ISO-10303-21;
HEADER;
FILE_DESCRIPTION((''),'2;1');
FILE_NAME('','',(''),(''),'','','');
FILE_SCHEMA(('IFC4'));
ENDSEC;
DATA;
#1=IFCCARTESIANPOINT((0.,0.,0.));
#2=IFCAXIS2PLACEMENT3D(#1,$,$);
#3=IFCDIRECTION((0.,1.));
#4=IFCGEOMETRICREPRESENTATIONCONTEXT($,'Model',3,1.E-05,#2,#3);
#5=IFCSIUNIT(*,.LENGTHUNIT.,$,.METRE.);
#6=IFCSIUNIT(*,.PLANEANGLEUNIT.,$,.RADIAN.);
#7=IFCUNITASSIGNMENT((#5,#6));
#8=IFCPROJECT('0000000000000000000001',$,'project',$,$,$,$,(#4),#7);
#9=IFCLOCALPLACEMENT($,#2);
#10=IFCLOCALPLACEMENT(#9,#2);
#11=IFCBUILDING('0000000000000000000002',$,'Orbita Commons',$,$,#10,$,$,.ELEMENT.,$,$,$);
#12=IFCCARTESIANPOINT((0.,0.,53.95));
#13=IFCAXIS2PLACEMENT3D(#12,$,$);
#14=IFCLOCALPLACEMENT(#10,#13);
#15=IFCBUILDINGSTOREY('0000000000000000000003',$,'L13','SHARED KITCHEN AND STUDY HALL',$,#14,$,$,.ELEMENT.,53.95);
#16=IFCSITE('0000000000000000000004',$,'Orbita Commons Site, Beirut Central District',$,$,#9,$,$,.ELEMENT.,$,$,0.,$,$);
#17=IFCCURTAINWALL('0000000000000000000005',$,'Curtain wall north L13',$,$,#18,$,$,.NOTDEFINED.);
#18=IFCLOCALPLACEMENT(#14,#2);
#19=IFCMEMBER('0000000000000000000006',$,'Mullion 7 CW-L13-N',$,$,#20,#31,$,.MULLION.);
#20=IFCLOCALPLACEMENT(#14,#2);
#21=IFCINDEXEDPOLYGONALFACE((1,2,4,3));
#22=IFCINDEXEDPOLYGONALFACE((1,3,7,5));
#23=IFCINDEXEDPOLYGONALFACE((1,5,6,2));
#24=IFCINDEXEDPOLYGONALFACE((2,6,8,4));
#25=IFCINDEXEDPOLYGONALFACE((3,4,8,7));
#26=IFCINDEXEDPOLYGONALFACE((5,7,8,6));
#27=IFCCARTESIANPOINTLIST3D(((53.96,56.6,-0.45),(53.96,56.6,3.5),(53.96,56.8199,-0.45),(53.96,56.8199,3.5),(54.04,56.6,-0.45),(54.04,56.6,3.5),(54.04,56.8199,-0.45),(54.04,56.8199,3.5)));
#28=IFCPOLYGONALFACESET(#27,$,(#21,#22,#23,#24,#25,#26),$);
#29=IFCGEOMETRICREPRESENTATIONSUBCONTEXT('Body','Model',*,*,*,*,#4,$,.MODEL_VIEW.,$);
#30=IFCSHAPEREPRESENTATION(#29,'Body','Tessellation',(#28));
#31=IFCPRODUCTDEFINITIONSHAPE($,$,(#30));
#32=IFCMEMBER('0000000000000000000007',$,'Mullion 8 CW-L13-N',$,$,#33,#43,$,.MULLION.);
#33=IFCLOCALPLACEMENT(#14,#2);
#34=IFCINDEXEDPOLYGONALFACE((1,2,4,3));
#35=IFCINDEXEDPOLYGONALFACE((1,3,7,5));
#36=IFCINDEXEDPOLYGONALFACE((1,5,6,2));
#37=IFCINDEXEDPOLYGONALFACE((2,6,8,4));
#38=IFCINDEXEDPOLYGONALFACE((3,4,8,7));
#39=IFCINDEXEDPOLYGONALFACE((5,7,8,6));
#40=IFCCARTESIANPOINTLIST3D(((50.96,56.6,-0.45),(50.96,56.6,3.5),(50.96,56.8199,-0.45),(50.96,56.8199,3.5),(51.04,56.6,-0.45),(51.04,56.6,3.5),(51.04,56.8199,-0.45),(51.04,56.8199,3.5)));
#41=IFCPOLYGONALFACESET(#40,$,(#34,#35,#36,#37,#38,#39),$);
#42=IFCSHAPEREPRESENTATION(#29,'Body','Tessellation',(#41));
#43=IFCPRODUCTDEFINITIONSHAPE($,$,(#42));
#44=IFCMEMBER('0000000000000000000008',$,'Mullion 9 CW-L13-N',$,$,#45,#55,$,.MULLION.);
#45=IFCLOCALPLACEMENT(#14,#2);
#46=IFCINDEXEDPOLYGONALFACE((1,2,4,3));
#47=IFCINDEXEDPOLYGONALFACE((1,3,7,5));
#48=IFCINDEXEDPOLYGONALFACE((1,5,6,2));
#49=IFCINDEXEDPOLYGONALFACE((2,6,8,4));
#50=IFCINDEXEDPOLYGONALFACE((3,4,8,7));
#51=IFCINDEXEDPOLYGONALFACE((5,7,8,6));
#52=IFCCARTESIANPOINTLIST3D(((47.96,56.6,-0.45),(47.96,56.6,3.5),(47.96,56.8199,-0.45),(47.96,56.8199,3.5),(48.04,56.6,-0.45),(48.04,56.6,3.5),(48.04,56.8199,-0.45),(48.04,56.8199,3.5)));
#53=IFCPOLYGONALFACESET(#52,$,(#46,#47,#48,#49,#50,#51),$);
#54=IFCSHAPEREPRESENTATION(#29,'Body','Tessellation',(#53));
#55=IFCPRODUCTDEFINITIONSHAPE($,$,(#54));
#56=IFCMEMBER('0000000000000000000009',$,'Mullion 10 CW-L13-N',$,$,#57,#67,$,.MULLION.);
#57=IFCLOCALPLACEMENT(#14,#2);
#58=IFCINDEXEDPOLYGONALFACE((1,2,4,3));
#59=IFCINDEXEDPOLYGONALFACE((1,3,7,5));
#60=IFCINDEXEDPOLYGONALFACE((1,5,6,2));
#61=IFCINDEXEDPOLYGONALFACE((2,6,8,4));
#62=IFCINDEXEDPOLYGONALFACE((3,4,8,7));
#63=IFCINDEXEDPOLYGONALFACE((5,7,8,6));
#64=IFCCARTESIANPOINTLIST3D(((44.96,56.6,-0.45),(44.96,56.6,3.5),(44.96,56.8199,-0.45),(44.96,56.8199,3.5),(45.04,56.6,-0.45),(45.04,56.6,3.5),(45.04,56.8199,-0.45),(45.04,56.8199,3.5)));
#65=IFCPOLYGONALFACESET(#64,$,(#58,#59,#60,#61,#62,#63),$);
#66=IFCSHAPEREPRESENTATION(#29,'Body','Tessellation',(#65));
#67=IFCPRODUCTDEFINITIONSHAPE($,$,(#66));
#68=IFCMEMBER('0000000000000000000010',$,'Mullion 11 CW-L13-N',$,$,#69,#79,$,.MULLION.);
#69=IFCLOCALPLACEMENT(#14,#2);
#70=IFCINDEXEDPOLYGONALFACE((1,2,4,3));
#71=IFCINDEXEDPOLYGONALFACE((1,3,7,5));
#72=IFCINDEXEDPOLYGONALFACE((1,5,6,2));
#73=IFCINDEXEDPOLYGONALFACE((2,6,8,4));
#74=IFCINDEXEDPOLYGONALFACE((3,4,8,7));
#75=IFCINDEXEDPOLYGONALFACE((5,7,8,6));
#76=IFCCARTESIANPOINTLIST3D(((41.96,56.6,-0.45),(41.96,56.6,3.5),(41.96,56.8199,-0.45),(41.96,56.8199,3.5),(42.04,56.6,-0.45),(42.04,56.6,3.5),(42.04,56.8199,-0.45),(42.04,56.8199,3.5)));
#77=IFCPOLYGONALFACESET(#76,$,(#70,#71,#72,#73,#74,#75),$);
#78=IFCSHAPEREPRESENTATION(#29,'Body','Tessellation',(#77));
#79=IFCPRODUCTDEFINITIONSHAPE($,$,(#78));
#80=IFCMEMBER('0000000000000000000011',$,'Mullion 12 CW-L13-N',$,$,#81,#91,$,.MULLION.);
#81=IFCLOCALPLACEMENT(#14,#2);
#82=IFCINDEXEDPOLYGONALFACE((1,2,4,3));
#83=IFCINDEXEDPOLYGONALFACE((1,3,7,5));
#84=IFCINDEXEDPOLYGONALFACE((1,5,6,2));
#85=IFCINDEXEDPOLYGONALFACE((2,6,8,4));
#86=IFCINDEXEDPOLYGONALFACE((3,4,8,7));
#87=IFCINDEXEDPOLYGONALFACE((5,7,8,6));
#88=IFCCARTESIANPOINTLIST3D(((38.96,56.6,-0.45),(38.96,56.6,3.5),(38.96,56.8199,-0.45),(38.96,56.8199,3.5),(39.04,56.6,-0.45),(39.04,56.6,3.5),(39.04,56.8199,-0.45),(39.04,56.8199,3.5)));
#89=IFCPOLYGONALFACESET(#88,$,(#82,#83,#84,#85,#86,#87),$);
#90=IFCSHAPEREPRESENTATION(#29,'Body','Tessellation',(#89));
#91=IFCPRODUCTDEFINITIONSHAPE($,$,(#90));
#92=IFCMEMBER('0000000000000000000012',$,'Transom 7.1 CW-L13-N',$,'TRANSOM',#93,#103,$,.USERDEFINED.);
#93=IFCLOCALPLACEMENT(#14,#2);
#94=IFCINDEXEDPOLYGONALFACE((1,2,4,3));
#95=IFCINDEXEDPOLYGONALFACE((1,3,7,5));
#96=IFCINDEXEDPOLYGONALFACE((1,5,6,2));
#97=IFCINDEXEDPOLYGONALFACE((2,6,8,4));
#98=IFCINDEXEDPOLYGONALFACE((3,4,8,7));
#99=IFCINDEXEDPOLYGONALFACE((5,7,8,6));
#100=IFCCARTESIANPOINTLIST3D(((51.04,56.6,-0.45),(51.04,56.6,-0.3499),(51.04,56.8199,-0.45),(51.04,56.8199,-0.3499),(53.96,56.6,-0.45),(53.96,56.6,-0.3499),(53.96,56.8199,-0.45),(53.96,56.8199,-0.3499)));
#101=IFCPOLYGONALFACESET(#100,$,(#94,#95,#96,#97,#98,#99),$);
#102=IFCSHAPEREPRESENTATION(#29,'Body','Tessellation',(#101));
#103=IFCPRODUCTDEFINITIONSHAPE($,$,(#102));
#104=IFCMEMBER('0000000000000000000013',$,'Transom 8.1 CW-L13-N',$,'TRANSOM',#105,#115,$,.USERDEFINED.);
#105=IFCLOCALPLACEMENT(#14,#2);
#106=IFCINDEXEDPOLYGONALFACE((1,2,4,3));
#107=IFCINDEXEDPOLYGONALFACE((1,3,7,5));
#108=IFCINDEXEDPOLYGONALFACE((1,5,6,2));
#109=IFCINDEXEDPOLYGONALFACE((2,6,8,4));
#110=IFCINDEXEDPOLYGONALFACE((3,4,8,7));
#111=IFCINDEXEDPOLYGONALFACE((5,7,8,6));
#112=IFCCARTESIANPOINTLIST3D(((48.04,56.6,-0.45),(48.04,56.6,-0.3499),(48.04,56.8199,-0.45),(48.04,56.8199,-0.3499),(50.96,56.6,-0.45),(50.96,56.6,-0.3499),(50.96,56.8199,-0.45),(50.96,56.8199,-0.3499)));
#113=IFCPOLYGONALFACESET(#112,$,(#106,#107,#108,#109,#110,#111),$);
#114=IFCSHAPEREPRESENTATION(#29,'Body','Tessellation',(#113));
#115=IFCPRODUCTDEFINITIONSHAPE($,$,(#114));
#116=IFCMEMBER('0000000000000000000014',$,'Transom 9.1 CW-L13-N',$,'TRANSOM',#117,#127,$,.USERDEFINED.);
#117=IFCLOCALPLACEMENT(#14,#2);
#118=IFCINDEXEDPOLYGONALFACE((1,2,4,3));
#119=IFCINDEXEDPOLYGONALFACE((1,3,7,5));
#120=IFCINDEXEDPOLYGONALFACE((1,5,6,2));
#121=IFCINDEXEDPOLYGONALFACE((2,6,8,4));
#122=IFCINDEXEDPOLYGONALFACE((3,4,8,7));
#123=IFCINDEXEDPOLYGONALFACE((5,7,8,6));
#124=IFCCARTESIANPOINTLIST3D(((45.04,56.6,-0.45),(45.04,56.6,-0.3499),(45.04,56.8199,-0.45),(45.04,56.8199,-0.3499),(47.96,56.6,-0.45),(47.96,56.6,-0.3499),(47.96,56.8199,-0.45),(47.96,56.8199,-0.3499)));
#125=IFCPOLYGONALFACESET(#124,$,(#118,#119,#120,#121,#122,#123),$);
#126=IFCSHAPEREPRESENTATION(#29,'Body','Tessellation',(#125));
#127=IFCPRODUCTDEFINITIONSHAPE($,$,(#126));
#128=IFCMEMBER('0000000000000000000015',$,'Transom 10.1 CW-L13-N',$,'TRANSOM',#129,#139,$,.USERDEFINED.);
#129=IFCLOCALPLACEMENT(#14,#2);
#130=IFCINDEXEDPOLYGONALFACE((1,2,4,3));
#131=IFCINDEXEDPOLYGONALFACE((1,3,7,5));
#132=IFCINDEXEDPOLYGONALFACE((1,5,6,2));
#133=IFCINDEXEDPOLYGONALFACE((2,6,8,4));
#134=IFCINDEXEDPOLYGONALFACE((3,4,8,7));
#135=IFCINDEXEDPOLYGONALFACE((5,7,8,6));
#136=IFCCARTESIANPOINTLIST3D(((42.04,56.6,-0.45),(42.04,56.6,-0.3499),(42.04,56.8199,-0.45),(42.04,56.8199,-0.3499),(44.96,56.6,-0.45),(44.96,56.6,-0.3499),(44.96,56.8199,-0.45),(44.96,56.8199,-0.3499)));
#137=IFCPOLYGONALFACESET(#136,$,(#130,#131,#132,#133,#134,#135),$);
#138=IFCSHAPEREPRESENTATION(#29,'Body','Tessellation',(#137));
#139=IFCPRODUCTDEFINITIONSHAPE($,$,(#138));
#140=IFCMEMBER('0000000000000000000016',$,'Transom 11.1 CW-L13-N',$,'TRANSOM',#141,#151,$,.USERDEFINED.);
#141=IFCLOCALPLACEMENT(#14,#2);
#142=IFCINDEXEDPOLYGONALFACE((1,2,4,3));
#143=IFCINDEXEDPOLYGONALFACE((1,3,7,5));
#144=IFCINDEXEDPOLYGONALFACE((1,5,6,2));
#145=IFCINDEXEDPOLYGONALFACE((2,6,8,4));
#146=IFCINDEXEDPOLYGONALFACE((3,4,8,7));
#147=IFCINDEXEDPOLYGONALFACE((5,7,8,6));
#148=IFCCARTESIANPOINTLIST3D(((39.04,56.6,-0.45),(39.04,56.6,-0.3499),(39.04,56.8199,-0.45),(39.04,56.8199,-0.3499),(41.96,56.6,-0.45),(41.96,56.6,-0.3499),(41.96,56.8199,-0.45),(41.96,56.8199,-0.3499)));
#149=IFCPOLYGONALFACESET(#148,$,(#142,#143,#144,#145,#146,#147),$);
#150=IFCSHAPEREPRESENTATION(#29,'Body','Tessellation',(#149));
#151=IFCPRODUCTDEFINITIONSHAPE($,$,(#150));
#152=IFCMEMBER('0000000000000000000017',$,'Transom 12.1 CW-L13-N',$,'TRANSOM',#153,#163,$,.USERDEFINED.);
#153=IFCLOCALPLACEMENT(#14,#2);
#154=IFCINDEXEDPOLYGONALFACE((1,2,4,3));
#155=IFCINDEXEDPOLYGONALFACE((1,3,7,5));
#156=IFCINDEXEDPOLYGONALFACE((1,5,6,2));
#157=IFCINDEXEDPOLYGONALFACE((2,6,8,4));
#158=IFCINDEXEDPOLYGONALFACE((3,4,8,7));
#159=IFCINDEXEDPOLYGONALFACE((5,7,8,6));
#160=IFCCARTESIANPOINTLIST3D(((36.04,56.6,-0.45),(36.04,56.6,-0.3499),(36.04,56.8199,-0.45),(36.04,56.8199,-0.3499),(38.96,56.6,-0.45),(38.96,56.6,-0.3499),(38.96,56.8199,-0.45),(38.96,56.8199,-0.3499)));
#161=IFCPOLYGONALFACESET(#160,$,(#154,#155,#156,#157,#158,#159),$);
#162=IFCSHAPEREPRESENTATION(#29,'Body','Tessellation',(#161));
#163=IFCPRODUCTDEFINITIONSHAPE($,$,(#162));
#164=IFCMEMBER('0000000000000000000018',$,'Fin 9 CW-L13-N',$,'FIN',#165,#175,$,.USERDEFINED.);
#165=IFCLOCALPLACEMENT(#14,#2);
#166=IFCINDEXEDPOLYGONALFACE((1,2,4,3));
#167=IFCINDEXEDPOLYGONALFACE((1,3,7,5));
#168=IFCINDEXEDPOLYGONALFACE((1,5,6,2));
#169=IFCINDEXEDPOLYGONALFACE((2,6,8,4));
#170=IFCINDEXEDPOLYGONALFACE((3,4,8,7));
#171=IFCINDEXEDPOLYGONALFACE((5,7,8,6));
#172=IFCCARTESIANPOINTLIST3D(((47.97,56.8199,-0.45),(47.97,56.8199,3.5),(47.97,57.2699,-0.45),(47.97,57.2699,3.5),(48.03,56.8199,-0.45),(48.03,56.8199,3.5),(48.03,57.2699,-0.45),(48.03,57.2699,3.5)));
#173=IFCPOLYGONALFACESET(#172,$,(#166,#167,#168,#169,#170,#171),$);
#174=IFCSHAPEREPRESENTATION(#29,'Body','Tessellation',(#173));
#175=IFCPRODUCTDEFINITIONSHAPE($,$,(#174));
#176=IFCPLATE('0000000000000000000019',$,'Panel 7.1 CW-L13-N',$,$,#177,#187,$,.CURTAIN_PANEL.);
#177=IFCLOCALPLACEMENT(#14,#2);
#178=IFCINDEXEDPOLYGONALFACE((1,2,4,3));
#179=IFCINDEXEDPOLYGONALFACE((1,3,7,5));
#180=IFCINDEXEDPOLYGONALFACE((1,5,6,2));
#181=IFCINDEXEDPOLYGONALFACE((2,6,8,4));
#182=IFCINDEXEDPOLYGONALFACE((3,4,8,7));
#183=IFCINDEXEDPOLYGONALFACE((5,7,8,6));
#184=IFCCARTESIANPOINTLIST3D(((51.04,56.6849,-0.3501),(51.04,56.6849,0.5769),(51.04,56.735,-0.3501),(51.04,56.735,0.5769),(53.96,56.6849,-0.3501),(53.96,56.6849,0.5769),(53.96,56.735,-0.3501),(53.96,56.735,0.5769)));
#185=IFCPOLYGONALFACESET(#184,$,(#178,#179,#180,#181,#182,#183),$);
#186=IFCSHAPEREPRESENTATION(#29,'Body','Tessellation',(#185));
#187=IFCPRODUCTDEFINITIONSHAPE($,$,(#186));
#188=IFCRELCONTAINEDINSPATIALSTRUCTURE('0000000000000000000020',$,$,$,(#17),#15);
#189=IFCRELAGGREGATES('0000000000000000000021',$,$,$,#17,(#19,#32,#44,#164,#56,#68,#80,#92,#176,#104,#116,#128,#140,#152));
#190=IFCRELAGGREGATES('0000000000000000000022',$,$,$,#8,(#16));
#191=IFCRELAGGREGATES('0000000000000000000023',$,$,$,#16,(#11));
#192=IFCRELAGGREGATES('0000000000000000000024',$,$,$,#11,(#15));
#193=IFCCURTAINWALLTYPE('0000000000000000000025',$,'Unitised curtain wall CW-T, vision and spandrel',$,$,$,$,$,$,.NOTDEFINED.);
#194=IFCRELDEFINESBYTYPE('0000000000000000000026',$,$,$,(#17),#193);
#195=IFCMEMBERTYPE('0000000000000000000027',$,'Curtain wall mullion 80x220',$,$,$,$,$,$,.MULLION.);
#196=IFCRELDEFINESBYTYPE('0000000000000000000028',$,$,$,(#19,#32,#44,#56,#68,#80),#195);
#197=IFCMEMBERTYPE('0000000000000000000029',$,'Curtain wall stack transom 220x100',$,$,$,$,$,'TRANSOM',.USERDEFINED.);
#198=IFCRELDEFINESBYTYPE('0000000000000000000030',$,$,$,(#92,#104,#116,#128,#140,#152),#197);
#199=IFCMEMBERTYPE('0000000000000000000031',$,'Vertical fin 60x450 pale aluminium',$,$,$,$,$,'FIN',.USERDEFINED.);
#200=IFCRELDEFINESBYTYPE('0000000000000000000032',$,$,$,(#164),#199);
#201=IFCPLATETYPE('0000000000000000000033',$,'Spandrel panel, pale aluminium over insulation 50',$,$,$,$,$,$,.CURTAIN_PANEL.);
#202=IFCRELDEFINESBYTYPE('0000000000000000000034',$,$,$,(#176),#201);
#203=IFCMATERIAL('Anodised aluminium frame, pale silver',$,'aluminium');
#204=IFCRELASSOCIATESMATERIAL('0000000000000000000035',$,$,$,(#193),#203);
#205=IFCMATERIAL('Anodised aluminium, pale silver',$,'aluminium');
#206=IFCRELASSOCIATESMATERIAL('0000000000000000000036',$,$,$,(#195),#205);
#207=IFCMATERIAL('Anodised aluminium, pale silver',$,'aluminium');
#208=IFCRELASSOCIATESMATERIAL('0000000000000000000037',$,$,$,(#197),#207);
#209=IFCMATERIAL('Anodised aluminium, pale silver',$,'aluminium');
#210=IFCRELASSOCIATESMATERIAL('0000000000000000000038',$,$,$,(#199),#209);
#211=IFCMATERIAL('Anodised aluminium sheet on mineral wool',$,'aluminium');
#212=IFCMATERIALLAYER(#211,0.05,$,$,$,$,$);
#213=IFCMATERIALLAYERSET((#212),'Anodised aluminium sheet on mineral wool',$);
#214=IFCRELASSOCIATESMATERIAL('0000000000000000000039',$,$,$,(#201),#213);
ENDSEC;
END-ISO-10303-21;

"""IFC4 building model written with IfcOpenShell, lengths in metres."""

from ifc_helpers import new_model, si_unit, direction, frame, origin, origin_2d, place, context, subcontext, project, spatial, rectangle, extrude, material, layer, layer_set, material_profile, profile_set, type_object, element, aggregate, save


model = new_model("IFC4")

# Units and contexts
model_context = context("Model", 3, precision=1e-05, world=origin(), true_north=direction((0.0, 1.0)))
body_context = subcontext(model_context, "Body", "Model", "MODEL_VIEW")
ifc_project = project(units=[si_unit("LENGTHUNIT", "METRE"), si_unit("PLANEANGLEUNIT", "RADIAN")], contexts=[model_context])

# Site, building, storey
site_placement = place(None, origin())
site = spatial("IfcSite", under=ifc_project, at=site_placement, Name="Orbita Commons Site, Beirut Central District", CompositionType="ELEMENT", RefElevation=0.0)
building_placement = place(site_placement, origin())
building = spatial("IfcBuilding", under=site, at=building_placement, Name="Orbita Commons", CompositionType="ELEMENT")
storey_placement = place(building_placement, frame((0.0, 0.0, 53.95)))
storey = spatial("IfcBuildingStorey", under=building, at=storey_placement, Name="L13", Description="SHARED KITCHEN AND STUDY HALL", CompositionType="ELEMENT", Elevation=53.95)

# Curtain wall, members, plate
ifc_material_1 = material(Name="Anodised aluminium frame, pale silver", Category="aluminium")
curtain_wall_type = type_object("IfcCurtainWallType", Name="Unitised curtain wall CW-T, vision and spandrel", PredefinedType="NOTDEFINED", material=ifc_material_1)
curtain_wall_placement = place(storey_placement, origin())
curtain_wall = element("IfcCurtainWall", 1, at=curtain_wall_placement, inside=storey, type_object=curtain_wall_type, Name="Curtain wall north L13", PredefinedType="NOTDEFINED")
ifc_material_2 = material(Name="Anodised aluminium, pale silver", Category="aluminium")
ifc_material_profile_1 = material_profile(ifc_material_2, rectangle(XDim=0.0801, YDim=0.22, at=origin_2d()), Name="AL 80x220")
ifc_profile_set_1 = profile_set([ifc_material_profile_1], Name="Anodised aluminium, pale silver")
member_type_1 = type_object("IfcMemberType", Name="Curtain wall mullion 80x220", PredefinedType="MULLION", material=ifc_profile_set_1)
member_1_placement = place(storey_placement, frame((54.0, 56.71, -0.45), z_axis=(0.0, 0.0, 1.0), x_axis=(-1.0, 0.0, 0.0)))
member_1 = element("IfcMember", 2, at=member_1_placement, type_object=member_type_1, Name="Mullion 7 CW-L13-N", PredefinedType="MULLION", context=body_context, shape_type="SweptSolid", body=[
    extrude(rectangle(XDim=0.0801, YDim=0.22, at=origin_2d()), origin(), (0.0, 0.0, 1.0), 3.95),
])
member_2_placement = place(storey_placement, frame((51.0, 56.71, -0.45), z_axis=(0.0, 0.0, 1.0), x_axis=(-1.0, 0.0, 0.0)))
member_2 = element("IfcMember", 3, at=member_2_placement, type_object=member_type_1, Name="Mullion 8 CW-L13-N", PredefinedType="MULLION", context=body_context, shape_type="SweptSolid", body=[
    extrude(rectangle(XDim=0.0801, YDim=0.22, at=origin_2d()), origin(), (0.0, 0.0, 1.0), 3.95),
])
member_3_placement = place(storey_placement, frame((48.0, 56.71, -0.45), z_axis=(0.0, 0.0, 1.0), x_axis=(-1.0, 0.0, 0.0)))
member_3 = element("IfcMember", 4, at=member_3_placement, type_object=member_type_1, Name="Mullion 9 CW-L13-N", PredefinedType="MULLION", context=body_context, shape_type="SweptSolid", body=[
    extrude(rectangle(XDim=0.0801, YDim=0.22, at=origin_2d()), origin(), (0.0, 0.0, 1.0), 3.95),
])
member_4_placement = place(storey_placement, frame((45.0, 56.71, -0.45), z_axis=(0.0, 0.0, 1.0), x_axis=(-1.0, 0.0, 0.0)))
member_4 = element("IfcMember", 5, at=member_4_placement, type_object=member_type_1, Name="Mullion 10 CW-L13-N", PredefinedType="MULLION", context=body_context, shape_type="SweptSolid", body=[
    extrude(rectangle(XDim=0.0801, YDim=0.22, at=origin_2d()), origin(), (0.0, 0.0, 1.0), 3.95),
])
member_5_placement = place(storey_placement, frame((42.0, 56.71, -0.45), z_axis=(0.0, 0.0, 1.0), x_axis=(-1.0, 0.0, 0.0)))
member_5 = element("IfcMember", 6, at=member_5_placement, type_object=member_type_1, Name="Mullion 11 CW-L13-N", PredefinedType="MULLION", context=body_context, shape_type="SweptSolid", body=[
    extrude(rectangle(XDim=0.0801, YDim=0.22, at=origin_2d()), origin(), (0.0, 0.0, 1.0), 3.95),
])
member_6_placement = place(storey_placement, frame((39.0, 56.71, -0.45), z_axis=(0.0, 0.0, 1.0), x_axis=(-1.0, 0.0, 0.0)))
member_6 = element("IfcMember", 7, at=member_6_placement, type_object=member_type_1, Name="Mullion 12 CW-L13-N", PredefinedType="MULLION", context=body_context, shape_type="SweptSolid", body=[
    extrude(rectangle(XDim=0.0801, YDim=0.22, at=origin_2d()), origin(), (0.0, 0.0, 1.0), 3.95),
])
ifc_material_3 = material(Name="Anodised aluminium, pale silver", Category="aluminium")
ifc_material_profile_2 = material_profile(ifc_material_3, rectangle(XDim=0.22, YDim=0.1001, at=origin_2d()), Name="AL 220x100")
ifc_profile_set_2 = profile_set([ifc_material_profile_2], Name="Anodised aluminium, pale silver")
member_type_2 = type_object("IfcMemberType", Name="Curtain wall stack transom 220x100", ElementType="TRANSOM", PredefinedType="USERDEFINED", material=ifc_profile_set_2)
member_7_placement = place(storey_placement, frame((53.96, 56.71, -0.3999), z_axis=(-1.0, 0.0, 0.0), x_axis=(0.0, -1.0, 0.0)))
member_7 = element("IfcMember", 8, at=member_7_placement, type_object=member_type_2, Name="Transom 7.1 CW-L13-N", ObjectType="TRANSOM", PredefinedType="USERDEFINED", context=body_context, shape_type="SweptSolid", body=[
    extrude(rectangle(XDim=0.22, YDim=0.1001, at=origin_2d()), origin(), (0.0, 0.0, 1.0), 2.9199),
])
member_8_placement = place(storey_placement, frame((50.96, 56.71, -0.3999), z_axis=(-1.0, 0.0, 0.0), x_axis=(0.0, -1.0, 0.0)))
member_8 = element("IfcMember", 9, at=member_8_placement, type_object=member_type_2, Name="Transom 8.1 CW-L13-N", ObjectType="TRANSOM", PredefinedType="USERDEFINED", context=body_context, shape_type="SweptSolid", body=[
    extrude(rectangle(XDim=0.22, YDim=0.1001, at=origin_2d()), origin(), (0.0, 0.0, 1.0), 2.9199),
])
member_9_placement = place(storey_placement, frame((47.96, 56.71, -0.3999), z_axis=(-1.0, 0.0, 0.0), x_axis=(0.0, -1.0, 0.0)))
member_9 = element("IfcMember", 10, at=member_9_placement, type_object=member_type_2, Name="Transom 9.1 CW-L13-N", ObjectType="TRANSOM", PredefinedType="USERDEFINED", context=body_context, shape_type="SweptSolid", body=[
    extrude(rectangle(XDim=0.22, YDim=0.1001, at=origin_2d()), origin(), (0.0, 0.0, 1.0), 2.9199),
])
member_10_placement = place(storey_placement, frame((44.96, 56.71, -0.3999), z_axis=(-1.0, 0.0, 0.0), x_axis=(0.0, -1.0, 0.0)))
member_10 = element("IfcMember", 11, at=member_10_placement, type_object=member_type_2, Name="Transom 10.1 CW-L13-N", ObjectType="TRANSOM", PredefinedType="USERDEFINED", context=body_context, shape_type="SweptSolid", body=[
    extrude(rectangle(XDim=0.22, YDim=0.1001, at=origin_2d()), origin(), (0.0, 0.0, 1.0), 2.9199),
])
member_11_placement = place(storey_placement, frame((41.96, 56.71, -0.3999), z_axis=(-1.0, 0.0, 0.0), x_axis=(0.0, -1.0, 0.0)))
member_11 = element("IfcMember", 12, at=member_11_placement, type_object=member_type_2, Name="Transom 11.1 CW-L13-N", ObjectType="TRANSOM", PredefinedType="USERDEFINED", context=body_context, shape_type="SweptSolid", body=[
    extrude(rectangle(XDim=0.22, YDim=0.1001, at=origin_2d()), origin(), (0.0, 0.0, 1.0), 2.9199),
])
member_12_placement = place(storey_placement, frame((38.96, 56.71, -0.3999), z_axis=(-1.0, 0.0, 0.0), x_axis=(0.0, -1.0, 0.0)))
member_12 = element("IfcMember", 13, at=member_12_placement, type_object=member_type_2, Name="Transom 12.1 CW-L13-N", ObjectType="TRANSOM", PredefinedType="USERDEFINED", context=body_context, shape_type="SweptSolid", body=[
    extrude(rectangle(XDim=0.22, YDim=0.1001, at=origin_2d()), origin(), (0.0, 0.0, 1.0), 2.9199),
])
ifc_material_4 = material(Name="Anodised aluminium, pale silver", Category="aluminium")
ifc_material_profile_3 = material_profile(ifc_material_4, rectangle(XDim=0.0601, YDim=0.45, at=origin_2d()), Name="FIN 60x450")
ifc_profile_set_3 = profile_set([ifc_material_profile_3], Name="Anodised aluminium, pale silver")
member_type_3 = type_object("IfcMemberType", Name="Vertical fin 60x450 pale aluminium", ElementType="FIN", PredefinedType="USERDEFINED", material=ifc_profile_set_3)
member_13_placement = place(storey_placement, frame((48.0, 57.0449, -0.45), z_axis=(0.0, 0.0, 1.0), x_axis=(-1.0, 0.0, 0.0)))
member_13 = element("IfcMember", 14, at=member_13_placement, type_object=member_type_3, Name="Fin 9 CW-L13-N", ObjectType="FIN", PredefinedType="USERDEFINED", context=body_context, shape_type="SweptSolid", body=[
    extrude(rectangle(XDim=0.0601, YDim=0.45, at=origin_2d()), origin(), (0.0, 0.0, 1.0), 3.95),
])
ifc_material_5 = material(Name="Anodised aluminium sheet on mineral wool", Category="aluminium")
ifc_layer_1 = layer(ifc_material_5, 0.05)
ifc_layer_set_1 = layer_set([ifc_layer_1], Name="Anodised aluminium sheet on mineral wool")
plate_type_1 = type_object("IfcPlateType", Name="Spandrel panel, pale aluminium over insulation 50", PredefinedType="CURTAIN_PANEL", material=ifc_layer_set_1)
plate_1_placement = place(storey_placement, frame((52.5, 56.71, -0.3501), z_axis=(0.0, 0.0, 1.0), x_axis=(-1.0, 0.0, 0.0)))
plate_1 = element("IfcPlate", 15, at=plate_1_placement, type_object=plate_type_1, Name="Panel 7.1 CW-L13-N", PredefinedType="CURTAIN_PANEL", context=body_context, shape_type="SweptSolid", body=[
    extrude(rectangle(XDim=2.9199, YDim=0.05, at=origin_2d()), origin(), (0.0, 0.0, 1.0), 0.927),
])
aggregate(curtain_wall, [member_1, member_2, member_3, member_13, member_4, member_5, member_6, member_7, plate_1, member_8, member_9, member_10, member_11, member_12])

save(model, "model.ifc")
